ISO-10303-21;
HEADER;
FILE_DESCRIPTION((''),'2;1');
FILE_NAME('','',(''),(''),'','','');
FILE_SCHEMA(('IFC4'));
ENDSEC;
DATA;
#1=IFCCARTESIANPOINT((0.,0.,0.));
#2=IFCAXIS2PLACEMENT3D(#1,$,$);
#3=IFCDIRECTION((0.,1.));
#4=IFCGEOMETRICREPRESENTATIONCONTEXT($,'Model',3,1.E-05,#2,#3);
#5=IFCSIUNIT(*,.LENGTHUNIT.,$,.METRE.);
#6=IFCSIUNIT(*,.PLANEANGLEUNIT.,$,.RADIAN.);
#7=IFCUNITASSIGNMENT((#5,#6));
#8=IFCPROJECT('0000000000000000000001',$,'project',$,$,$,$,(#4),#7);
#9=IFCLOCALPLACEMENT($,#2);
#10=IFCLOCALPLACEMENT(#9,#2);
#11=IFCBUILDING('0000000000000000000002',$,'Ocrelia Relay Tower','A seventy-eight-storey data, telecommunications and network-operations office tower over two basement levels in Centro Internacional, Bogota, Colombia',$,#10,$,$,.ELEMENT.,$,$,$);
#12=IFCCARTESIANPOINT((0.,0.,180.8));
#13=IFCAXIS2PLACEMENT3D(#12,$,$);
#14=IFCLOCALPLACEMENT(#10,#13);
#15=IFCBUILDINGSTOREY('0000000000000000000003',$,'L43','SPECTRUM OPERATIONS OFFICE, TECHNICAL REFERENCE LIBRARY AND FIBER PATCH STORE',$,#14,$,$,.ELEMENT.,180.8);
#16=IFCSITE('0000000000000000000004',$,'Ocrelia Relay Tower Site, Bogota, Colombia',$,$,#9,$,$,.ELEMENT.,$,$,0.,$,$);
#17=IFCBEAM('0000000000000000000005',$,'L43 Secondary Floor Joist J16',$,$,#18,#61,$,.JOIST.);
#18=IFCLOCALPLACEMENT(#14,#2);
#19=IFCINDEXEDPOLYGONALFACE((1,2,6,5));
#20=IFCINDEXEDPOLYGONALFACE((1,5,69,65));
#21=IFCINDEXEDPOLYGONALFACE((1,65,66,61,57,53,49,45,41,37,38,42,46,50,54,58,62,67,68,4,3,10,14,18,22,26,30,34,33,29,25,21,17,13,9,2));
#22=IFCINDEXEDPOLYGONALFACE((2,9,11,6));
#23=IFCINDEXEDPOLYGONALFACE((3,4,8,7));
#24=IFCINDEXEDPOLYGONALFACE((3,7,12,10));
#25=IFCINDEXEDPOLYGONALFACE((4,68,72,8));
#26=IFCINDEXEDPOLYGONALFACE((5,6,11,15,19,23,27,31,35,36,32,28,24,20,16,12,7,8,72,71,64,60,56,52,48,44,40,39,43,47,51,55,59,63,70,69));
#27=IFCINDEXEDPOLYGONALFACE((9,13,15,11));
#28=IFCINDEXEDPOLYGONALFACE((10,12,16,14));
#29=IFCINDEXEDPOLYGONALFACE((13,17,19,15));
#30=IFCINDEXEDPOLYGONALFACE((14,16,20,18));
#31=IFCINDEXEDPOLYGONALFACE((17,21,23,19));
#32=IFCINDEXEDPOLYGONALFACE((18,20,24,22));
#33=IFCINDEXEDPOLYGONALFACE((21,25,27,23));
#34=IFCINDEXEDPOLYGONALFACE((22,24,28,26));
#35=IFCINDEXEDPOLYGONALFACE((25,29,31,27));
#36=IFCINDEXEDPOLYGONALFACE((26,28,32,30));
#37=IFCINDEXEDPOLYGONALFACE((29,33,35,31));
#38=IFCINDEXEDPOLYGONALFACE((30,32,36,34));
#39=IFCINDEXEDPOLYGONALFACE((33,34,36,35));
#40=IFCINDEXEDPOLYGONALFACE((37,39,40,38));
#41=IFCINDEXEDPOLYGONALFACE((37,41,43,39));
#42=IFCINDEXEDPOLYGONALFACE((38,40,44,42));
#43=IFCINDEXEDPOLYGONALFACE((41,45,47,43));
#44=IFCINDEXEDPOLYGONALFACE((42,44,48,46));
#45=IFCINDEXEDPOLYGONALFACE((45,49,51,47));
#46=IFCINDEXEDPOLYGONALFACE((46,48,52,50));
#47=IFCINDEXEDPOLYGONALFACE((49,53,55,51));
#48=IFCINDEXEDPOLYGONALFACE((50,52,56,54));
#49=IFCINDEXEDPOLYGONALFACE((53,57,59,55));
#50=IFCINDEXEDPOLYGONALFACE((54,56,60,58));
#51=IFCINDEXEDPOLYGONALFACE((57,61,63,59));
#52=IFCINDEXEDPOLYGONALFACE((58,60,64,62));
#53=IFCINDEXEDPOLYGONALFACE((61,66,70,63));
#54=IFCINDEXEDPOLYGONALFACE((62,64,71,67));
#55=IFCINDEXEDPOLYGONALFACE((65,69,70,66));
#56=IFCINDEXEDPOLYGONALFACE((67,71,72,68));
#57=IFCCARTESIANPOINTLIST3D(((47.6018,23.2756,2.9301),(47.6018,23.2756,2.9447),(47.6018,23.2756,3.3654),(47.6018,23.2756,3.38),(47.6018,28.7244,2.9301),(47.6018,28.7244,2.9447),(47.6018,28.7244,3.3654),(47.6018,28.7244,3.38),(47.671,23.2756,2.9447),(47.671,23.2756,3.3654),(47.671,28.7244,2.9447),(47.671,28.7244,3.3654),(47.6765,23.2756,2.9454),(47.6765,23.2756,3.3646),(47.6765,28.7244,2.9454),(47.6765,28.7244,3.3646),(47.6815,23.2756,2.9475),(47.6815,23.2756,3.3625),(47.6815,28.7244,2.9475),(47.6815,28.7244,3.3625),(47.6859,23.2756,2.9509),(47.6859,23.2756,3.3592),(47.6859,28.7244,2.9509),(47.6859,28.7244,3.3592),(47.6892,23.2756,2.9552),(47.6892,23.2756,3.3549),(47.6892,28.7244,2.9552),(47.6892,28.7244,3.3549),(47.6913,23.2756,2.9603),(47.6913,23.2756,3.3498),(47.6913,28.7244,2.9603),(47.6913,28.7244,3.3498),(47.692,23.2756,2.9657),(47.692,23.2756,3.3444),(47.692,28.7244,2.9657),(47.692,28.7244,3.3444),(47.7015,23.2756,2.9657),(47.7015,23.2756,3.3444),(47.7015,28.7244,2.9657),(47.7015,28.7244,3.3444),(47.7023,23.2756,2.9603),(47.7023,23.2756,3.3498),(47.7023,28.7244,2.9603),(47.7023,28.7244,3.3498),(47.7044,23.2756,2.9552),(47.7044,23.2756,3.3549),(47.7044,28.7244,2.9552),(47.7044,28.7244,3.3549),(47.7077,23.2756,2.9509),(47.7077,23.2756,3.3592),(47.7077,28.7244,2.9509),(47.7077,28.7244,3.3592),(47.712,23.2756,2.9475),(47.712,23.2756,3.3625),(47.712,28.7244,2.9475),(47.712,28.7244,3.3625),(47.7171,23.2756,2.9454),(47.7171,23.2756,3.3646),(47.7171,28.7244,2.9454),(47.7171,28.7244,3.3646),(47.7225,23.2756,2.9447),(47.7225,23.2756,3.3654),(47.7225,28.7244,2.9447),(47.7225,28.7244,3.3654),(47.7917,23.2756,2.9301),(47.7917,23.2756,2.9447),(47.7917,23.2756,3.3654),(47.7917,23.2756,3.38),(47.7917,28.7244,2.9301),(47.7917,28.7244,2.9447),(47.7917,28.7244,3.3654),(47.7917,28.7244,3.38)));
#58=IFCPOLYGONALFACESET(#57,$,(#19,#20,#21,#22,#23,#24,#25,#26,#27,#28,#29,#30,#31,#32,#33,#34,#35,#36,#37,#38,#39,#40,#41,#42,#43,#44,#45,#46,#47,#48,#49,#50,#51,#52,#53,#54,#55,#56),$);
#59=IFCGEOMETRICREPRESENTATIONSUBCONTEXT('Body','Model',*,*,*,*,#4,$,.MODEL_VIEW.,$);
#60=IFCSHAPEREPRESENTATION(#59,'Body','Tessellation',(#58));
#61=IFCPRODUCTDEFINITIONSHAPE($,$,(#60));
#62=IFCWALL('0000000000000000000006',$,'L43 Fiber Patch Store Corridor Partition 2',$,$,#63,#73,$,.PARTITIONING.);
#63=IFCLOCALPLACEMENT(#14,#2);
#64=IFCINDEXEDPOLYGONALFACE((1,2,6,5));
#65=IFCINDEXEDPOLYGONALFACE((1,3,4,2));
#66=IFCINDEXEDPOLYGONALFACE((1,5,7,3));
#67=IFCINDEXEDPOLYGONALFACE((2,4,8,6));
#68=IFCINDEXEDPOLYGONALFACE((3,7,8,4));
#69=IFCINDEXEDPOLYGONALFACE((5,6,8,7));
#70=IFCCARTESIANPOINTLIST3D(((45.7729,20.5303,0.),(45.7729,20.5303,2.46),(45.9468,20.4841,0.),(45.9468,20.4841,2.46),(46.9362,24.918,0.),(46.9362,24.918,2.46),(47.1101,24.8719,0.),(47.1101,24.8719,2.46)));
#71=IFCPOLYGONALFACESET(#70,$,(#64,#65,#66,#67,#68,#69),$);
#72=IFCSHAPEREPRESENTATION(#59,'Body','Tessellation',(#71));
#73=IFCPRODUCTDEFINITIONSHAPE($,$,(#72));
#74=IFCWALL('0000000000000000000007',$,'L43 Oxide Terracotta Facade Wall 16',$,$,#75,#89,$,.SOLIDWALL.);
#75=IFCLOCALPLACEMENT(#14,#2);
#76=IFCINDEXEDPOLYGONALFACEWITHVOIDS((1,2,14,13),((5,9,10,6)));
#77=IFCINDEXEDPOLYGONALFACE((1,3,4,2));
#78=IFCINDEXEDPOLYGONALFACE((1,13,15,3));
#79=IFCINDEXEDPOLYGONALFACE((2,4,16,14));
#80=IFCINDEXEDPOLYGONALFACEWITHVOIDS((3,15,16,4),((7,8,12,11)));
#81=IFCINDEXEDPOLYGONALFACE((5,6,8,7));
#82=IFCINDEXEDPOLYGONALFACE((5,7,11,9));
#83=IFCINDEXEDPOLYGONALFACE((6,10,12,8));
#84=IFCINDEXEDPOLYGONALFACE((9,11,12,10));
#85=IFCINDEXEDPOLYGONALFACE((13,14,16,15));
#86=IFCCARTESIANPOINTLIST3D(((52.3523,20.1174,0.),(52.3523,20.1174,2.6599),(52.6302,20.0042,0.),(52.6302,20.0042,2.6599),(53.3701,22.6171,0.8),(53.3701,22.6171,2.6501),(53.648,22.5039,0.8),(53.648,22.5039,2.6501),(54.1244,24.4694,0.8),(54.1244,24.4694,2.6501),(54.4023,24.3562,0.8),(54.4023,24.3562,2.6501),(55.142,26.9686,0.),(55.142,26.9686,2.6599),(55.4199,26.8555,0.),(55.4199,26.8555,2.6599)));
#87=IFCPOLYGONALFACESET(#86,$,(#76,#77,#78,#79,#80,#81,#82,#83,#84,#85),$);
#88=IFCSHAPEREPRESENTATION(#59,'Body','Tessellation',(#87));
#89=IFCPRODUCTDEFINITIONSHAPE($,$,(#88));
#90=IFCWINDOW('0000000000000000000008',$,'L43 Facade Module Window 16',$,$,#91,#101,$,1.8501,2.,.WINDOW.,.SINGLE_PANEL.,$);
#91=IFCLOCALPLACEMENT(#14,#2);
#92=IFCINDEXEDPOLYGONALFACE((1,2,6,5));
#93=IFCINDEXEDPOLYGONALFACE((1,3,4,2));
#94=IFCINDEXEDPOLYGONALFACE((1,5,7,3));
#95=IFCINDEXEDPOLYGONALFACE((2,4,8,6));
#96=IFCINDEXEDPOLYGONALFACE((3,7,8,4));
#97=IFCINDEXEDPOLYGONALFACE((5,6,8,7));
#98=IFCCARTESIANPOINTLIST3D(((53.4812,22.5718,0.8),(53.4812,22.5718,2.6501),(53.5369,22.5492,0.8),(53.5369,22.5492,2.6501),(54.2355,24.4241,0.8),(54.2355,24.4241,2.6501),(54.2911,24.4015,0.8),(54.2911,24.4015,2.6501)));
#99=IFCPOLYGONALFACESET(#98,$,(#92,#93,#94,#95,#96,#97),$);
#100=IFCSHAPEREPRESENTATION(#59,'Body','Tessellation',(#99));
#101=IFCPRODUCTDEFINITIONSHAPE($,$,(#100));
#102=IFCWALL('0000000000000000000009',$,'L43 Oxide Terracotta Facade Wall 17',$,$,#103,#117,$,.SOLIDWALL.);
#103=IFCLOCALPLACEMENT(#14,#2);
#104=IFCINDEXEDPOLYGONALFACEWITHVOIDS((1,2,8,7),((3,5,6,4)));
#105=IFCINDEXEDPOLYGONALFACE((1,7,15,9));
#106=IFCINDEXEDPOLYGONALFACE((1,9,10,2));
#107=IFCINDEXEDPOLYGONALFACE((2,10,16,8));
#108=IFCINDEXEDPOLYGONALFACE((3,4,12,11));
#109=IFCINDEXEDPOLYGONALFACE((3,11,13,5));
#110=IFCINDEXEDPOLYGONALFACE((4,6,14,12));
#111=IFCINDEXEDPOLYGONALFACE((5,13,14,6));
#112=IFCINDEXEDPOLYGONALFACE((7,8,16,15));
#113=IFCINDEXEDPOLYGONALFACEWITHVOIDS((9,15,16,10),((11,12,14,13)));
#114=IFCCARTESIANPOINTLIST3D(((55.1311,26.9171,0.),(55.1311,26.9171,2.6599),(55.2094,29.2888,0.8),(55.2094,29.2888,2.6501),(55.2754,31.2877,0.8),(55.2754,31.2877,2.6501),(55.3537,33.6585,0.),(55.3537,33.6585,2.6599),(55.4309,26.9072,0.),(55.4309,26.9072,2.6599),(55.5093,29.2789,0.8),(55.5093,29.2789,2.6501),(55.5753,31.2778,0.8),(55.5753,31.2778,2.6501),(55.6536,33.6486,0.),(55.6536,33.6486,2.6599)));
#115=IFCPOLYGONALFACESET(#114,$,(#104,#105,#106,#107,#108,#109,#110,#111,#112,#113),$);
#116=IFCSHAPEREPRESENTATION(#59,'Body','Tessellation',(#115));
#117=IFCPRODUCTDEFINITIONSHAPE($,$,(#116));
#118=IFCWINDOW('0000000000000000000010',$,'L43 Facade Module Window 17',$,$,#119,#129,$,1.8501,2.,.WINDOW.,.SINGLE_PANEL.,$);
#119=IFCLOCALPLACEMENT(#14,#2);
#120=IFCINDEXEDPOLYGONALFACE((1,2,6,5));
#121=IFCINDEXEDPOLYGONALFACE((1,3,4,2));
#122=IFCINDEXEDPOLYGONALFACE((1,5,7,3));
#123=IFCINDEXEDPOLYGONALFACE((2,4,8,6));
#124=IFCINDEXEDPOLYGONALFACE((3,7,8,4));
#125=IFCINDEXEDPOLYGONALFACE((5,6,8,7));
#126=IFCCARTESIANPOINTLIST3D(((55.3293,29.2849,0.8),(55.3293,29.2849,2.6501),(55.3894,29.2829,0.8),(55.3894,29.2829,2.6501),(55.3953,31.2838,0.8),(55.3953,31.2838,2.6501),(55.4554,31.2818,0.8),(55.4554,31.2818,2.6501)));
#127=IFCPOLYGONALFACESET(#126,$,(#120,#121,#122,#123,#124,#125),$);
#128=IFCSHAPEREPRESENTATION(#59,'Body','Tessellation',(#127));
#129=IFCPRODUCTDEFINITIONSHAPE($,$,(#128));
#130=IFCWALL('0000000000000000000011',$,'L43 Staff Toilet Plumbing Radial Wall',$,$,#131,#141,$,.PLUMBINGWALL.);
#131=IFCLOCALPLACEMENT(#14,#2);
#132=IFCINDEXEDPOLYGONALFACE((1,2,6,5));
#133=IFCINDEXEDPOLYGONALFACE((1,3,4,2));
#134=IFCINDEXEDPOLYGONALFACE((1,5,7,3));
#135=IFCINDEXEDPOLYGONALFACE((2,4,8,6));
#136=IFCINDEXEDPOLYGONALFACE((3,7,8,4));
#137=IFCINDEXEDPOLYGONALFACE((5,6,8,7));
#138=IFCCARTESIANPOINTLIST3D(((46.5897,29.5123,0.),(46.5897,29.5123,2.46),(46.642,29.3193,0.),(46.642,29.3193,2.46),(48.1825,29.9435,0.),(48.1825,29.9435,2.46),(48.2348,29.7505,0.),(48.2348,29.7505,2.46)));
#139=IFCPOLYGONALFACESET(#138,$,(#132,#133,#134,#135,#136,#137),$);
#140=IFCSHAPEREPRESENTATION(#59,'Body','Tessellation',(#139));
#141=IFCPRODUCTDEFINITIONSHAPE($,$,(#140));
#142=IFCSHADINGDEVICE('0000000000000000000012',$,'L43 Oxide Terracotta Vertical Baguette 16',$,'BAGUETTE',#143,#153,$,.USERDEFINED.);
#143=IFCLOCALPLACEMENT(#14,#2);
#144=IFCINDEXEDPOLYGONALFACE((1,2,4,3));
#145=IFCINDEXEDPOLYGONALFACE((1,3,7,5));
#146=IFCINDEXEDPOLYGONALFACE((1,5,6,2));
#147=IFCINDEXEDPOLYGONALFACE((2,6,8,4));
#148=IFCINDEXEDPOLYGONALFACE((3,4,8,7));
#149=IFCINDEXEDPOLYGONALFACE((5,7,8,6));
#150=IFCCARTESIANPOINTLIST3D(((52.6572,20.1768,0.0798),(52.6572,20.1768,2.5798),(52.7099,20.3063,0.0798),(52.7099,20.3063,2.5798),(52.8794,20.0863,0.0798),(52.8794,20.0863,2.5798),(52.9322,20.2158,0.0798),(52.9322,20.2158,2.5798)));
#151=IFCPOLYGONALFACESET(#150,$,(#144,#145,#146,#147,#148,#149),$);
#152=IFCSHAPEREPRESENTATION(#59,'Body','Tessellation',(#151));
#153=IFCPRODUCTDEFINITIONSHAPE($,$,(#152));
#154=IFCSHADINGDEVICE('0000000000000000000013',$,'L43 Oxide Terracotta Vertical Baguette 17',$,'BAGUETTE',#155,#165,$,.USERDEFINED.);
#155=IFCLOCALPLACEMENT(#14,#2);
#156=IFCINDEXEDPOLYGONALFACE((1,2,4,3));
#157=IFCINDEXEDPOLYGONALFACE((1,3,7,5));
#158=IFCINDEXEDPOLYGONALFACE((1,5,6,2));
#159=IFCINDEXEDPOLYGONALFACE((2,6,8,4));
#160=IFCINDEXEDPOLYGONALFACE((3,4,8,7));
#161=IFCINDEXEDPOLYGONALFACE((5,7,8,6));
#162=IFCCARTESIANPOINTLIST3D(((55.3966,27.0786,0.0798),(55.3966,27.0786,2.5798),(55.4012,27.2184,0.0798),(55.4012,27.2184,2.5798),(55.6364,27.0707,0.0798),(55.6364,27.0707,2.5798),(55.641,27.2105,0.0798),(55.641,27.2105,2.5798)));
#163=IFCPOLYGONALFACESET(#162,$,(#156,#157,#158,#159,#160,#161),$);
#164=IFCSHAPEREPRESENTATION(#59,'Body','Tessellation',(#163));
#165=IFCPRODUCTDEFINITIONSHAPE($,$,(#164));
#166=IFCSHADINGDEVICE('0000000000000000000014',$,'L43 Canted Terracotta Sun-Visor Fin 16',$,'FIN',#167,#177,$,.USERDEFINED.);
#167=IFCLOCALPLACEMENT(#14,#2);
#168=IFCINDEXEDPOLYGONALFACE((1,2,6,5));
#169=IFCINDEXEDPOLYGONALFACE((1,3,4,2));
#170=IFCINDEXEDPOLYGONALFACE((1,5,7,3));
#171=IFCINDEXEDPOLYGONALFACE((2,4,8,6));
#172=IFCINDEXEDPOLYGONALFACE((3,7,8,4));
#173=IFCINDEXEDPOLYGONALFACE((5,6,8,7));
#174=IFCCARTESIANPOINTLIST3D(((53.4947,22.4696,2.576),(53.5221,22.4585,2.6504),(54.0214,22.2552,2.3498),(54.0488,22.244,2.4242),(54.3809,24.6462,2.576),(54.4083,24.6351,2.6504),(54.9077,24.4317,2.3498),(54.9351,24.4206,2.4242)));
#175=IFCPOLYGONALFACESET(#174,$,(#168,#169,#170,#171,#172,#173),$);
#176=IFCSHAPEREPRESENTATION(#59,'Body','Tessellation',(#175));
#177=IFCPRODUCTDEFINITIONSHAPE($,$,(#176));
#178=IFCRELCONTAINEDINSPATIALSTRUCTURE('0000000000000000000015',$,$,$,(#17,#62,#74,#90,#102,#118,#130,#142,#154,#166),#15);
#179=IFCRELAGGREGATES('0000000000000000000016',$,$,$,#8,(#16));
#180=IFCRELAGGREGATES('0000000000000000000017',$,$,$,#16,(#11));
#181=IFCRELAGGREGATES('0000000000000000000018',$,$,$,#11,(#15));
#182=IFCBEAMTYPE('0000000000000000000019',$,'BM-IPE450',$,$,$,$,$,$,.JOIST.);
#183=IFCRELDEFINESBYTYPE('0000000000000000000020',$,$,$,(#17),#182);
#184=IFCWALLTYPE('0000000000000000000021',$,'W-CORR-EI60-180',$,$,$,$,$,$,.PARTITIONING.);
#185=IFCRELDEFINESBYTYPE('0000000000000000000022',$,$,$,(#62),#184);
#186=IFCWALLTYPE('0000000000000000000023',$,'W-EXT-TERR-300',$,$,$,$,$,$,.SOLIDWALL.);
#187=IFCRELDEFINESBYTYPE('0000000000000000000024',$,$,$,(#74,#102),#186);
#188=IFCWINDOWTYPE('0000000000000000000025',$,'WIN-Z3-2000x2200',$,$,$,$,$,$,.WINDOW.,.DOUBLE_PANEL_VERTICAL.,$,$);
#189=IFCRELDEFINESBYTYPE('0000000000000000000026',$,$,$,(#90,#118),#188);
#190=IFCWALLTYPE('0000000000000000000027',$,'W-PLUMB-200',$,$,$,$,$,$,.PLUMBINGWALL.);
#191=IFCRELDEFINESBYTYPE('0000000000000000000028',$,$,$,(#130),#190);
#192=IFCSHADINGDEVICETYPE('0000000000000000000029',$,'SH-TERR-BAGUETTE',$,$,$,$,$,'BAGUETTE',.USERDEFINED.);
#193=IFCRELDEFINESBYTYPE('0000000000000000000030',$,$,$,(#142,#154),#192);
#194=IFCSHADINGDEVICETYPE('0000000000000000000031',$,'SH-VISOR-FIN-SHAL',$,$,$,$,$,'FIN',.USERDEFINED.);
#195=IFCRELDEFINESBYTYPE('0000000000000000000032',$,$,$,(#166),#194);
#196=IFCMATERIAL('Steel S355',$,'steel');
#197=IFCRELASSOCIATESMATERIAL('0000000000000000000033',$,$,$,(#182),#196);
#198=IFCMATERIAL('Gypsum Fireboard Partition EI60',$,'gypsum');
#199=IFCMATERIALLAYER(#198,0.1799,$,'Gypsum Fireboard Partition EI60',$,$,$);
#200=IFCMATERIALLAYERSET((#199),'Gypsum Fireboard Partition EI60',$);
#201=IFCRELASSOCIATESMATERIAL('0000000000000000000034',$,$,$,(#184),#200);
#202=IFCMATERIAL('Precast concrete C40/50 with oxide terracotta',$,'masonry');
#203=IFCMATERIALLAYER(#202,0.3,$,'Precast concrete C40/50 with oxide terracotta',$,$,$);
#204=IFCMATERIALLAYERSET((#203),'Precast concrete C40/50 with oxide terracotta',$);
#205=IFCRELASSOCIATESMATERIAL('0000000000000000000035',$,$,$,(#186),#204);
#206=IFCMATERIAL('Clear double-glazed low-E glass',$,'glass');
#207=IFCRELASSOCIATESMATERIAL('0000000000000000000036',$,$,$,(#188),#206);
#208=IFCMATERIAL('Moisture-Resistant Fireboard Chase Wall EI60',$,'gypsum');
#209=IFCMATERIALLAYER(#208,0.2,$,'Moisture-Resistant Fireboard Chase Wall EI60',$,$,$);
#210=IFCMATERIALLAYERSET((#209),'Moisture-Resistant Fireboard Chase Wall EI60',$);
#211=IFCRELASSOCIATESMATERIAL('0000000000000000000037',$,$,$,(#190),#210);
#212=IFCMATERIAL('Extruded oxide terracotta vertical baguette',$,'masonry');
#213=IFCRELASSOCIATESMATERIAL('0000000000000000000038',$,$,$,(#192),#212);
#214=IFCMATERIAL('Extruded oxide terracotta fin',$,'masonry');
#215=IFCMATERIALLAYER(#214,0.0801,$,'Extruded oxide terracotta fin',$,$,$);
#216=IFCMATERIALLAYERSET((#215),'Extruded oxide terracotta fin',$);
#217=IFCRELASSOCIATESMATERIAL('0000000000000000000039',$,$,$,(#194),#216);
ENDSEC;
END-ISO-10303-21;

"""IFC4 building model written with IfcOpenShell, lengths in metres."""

from ifc_helpers import new_model, si_unit, direction, frame, frame_2d, origin, origin_2d, place, context, subcontext, project, spatial, rectangle, i_section, extrude, material, layer, layer_set, material_profile, profile_set, type_object, element, fill, save


model = new_model("IFC4")

# Units and contexts
model_context = context("Model", 3, precision=1e-05, world=origin(), true_north=direction((0.0, 1.0)))
body_context = subcontext(model_context, "Body", "Model", "MODEL_VIEW")
ifc_project = project(units=[si_unit("LENGTHUNIT", "METRE"), si_unit("PLANEANGLEUNIT", "RADIAN")], contexts=[model_context])

# Site, building, storey
site_placement = place(None, origin())
site = spatial("IfcSite", under=ifc_project, at=site_placement, Name="Ocrelia Relay Tower Site, Bogota, Colombia", CompositionType="ELEMENT", RefElevation=0.0)
building_placement = place(site_placement, origin())
building = spatial("IfcBuilding", under=site, at=building_placement, Name="Ocrelia Relay Tower", Description="A seventy-eight-storey data, telecommunications and network-operations office tower over two basement levels in Centro Internacional, Bogota, Colombia", CompositionType="ELEMENT")
storey_placement = place(building_placement, frame((0.0, 0.0, 180.8)))
storey = spatial("IfcBuildingStorey", under=building, at=storey_placement, Name="L43", Description="SPECTRUM OPERATIONS OFFICE, TECHNICAL REFERENCE LIBRARY AND FIBER PATCH STORE", CompositionType="ELEMENT", Elevation=180.8)

# Beam
ifc_material_1 = material(Name="Steel S355", Category="steel")
ifc_material_profile_1 = material_profile(ifc_material_1, i_section(OverallWidth=0.1899, OverallDepth=0.45, WebThickness=0.0095, FlangeThickness=0.0146, FilletRadius=0.021, at=origin_2d()), Name="IPE 450")
ifc_profile_set_1 = profile_set([ifc_material_profile_1], Name="Steel S355")
beam_type_1 = type_object("IfcBeamType", Name="BM-IPE450", PredefinedType="JOIST", material=ifc_profile_set_1)
beam_1_placement = place(storey_placement, frame((47.6968, 23.2756, 3.155), z_axis=(0.0, 1.0, 0.0), x_axis=(-1.0, 0.0, 0.0)))
element("IfcBeam", 1, at=beam_1_placement, inside=storey, type_object=beam_type_1, Name="L43 Secondary Floor Joist J16", PredefinedType="JOIST", context=body_context, shape_type="SweptSolid", body=[
    extrude(i_section(OverallWidth=0.1899, OverallDepth=0.45, WebThickness=0.0095, FlangeThickness=0.0146, FilletRadius=0.021, at=origin_2d()), origin(), (0.0, 0.0, 1.0), 5.4487),
])

# Wall
ifc_material_2 = material(Name="Gypsum Fireboard Partition EI60", Category="gypsum")
ifc_layer_1 = layer(ifc_material_2, 0.1799, Name="Gypsum Fireboard Partition EI60")
ifc_layer_set_1 = layer_set([ifc_layer_1], Name="Gypsum Fireboard Partition EI60")
wall_type_1 = type_object("IfcWallType", Name="W-CORR-EI60-180", PredefinedType="PARTITIONING", material=ifc_layer_set_1)
wall_1_placement = place(storey_placement, frame((45.8599, 20.5073, 0.0), z_axis=(0.0, 0.0, 1.0), x_axis=(0.25628, 0.966603, 0.0)))
element("IfcWall", 2, at=wall_1_placement, inside=storey, type_object=wall_type_1, Name="L43 Fiber Patch Store Corridor Partition 2", PredefinedType="PARTITIONING", context=body_context, shape_type="SweptSolid", body=[
    extrude(rectangle(XDim=4.5393, YDim=0.1799, at=frame_2d((2.2695, 0.0))), origin(), (0.0, 0.0, 1.0), 2.46),
])

# Walls, openings, windows
ifc_material_3 = material(Name="Precast concrete C40/50 with oxide terracotta", Category="masonry")
ifc_layer_2 = layer(ifc_material_3, 0.3, Name="Precast concrete C40/50 with oxide terracotta")
ifc_layer_set_2 = layer_set([ifc_layer_2], Name="Precast concrete C40/50 with oxide terracotta")
wall_type_2 = type_object("IfcWallType", Name="W-EXT-TERR-300", PredefinedType="SOLIDWALL", material=ifc_layer_set_2)
wall_2_placement = place(storey_placement, frame((52.4912, 20.0608, 0.0), z_axis=(0.0, 0.0, 1.0), x_axis=(0.377125, 0.926162, 0.0)))
wall_2 = element("IfcWall", 3, at=wall_2_placement, inside=storey, type_object=wall_type_2, Name="L43 Oxide Terracotta Facade Wall 16", PredefinedType="SOLIDWALL", context=body_context, shape_type="SweptSolid", body=[
    extrude(rectangle(XDim=7.3975, YDim=0.3, at=frame_2d((3.6987, 0.0))), origin(), (0.0, 0.0, 1.0), 2.6599),
])
opening_1_placement = place(wall_2_placement, frame((2.699, 0.0, 0.8)))
opening_1 = element("IfcOpeningElement", 4, at=opening_1_placement, cuts=wall_2, PredefinedType="OPENING", context=body_context, shape_type="SweptSolid", body=[
    extrude(rectangle(XDim=2.0, YDim=1.8501, at=frame_2d((1.0, 0.925))), frame((0.0, 0.1602, 0.0), z_axis=(0.0, -1.0, 0.0), x_axis=(1.0, 0.0, 0.0)), (0.0, 0.0, 1.0), 0.3201),
])
ifc_material_4 = material(Name="Clear double-glazed low-E glass", Category="glass")
window_type = type_object("IfcWindowType", Name="WIN-Z3-2000x2200", PartitioningType="DOUBLE_PANEL_VERTICAL", PredefinedType="WINDOW", material=ifc_material_4)
window_1_placement = place(opening_1_placement, origin())
window_1 = element("IfcWindow", 5, at=window_1_placement, inside=storey, type_object=window_type, Name="L43 Facade Module Window 16", OverallHeight=1.8501, OverallWidth=2.0, PartitioningType="SINGLE_PANEL", PredefinedType="WINDOW", context=body_context, shape_type="SweptSolid", body=[
    extrude(rectangle(XDim=2.0, YDim=1.8501, at=frame_2d((1.0, 0.925))), frame((0.0, 0.03, 0.0), z_axis=(0.0, -1.0, 0.0), x_axis=(1.0, 0.0, 0.0)), (0.0, 0.0, 1.0), 0.0601),
])
fill(opening_1, window_1)
wall_3_placement = place(storey_placement, frame((55.281, 26.9121, 0.0), z_axis=(0.0, 0.0, 1.0), x_axis=(0.03301, 0.999455, 0.0)))
wall_3 = element("IfcWall", 6, at=wall_3_placement, inside=storey, type_object=wall_type_2, Name="L43 Oxide Terracotta Facade Wall 17", PredefinedType="SOLIDWALL", context=body_context, shape_type="SweptSolid", body=[
    extrude(rectangle(XDim=6.7451, YDim=0.3, at=frame_2d((3.3726, 0.0))), origin(), (0.0, 0.0, 1.0), 2.6599),
])
opening_2_placement = place(wall_3_placement, frame((2.373, 0.0, 0.8)))
opening_2 = element("IfcOpeningElement", 7, at=opening_2_placement, cuts=wall_3, PredefinedType="OPENING", context=body_context, shape_type="SweptSolid", body=[
    extrude(rectangle(XDim=2.0, YDim=1.8501, at=frame_2d((1.0, 0.925))), frame((0.0, 0.1602, 0.0), z_axis=(0.0, -1.0, 0.0), x_axis=(1.0, 0.0, 0.0)), (0.0, 0.0, 1.0), 0.3201),
])
window_2_placement = place(opening_2_placement, origin())
window_2 = element("IfcWindow", 8, at=window_2_placement, inside=storey, type_object=window_type, Name="L43 Facade Module Window 17", OverallHeight=1.8501, OverallWidth=2.0, PartitioningType="SINGLE_PANEL", PredefinedType="WINDOW", context=body_context, shape_type="SweptSolid", body=[
    extrude(rectangle(XDim=2.0, YDim=1.8501, at=frame_2d((1.0, 0.925))), frame((0.0, 0.03, 0.0), z_axis=(0.0, -1.0, 0.0), x_axis=(1.0, 0.0, 0.0)), (0.0, 0.0, 1.0), 0.0601),
])
fill(opening_2, window_2)

# Wall
ifc_material_5 = material(Name="Moisture-Resistant Fireboard Chase Wall EI60", Category="gypsum")
ifc_layer_3 = layer(ifc_material_5, 0.2, Name="Moisture-Resistant Fireboard Chase Wall EI60")
ifc_layer_set_3 = layer_set([ifc_layer_3], Name="Moisture-Resistant Fireboard Chase Wall EI60")
wall_type_3 = type_object("IfcWallType", Name="W-PLUMB-200", PredefinedType="PLUMBINGWALL", material=ifc_layer_set_3)
wall_4_placement = place(storey_placement, frame((46.6157, 29.4158, 0.0), z_axis=(0.0, 0.0, 1.0), x_axis=(0.965261, 0.261289, 0.0)))
element("IfcWall", 9, at=wall_4_placement, inside=storey, type_object=wall_type_3, Name="L43 Staff Toilet Plumbing Radial Wall", PredefinedType="PLUMBINGWALL", context=body_context, shape_type="SweptSolid", body=[
    extrude(rectangle(XDim=1.6501, YDim=0.2, at=frame_2d((0.8252, 0.0))), origin(), (0.0, 0.0, 1.0), 2.46),
])

# Shading devices
ifc_material_6 = material(Name="Extruded oxide terracotta vertical baguette", Category="masonry")
shading_device_type_1 = type_object("IfcShadingDeviceType", Name="SH-TERR-BAGUETTE", ElementType="BAGUETTE", PredefinedType="USERDEFINED", material=ifc_material_6)
for number, where, z_axis, x_axis, name in (
    (10, (52.7947, 20.1963, 0.0798), (0.0, 0.0, 1.0), (0.377115, 0.926167, 0.0), "L43 Oxide Terracotta Vertical Baguette 16"),
    (11, (55.5188, 27.1445, 0.0798), (0.0, 0.0, 1.0), (0.033031, 0.999454, 0.0), "L43 Oxide Terracotta Vertical Baguette 17"),
):
    element("IfcShadingDevice", number, at=place(storey_placement, frame(where, z_axis=z_axis, x_axis=x_axis)), inside=storey, type_object=shading_device_type_1, Name=name, ObjectType="BAGUETTE", PredefinedType="USERDEFINED", context=body_context, shape_type="SweptSolid", body=[
        extrude(rectangle(XDim=0.1399, YDim=0.24, at=origin_2d()), origin(), (0.0, 0.0, 1.0), 2.5),
    ])
ifc_material_7 = material(Name="Extruded oxide terracotta fin", Category="masonry")
ifc_layer_4 = layer(ifc_material_7, 0.0801, Name="Extruded oxide terracotta fin")
ifc_layer_set_4 = layer_set([ifc_layer_4], Name="Extruded oxide terracotta fin")
shading_device_type_2 = type_object("IfcShadingDeviceType", Name="SH-VISOR-FIN-SHAL", ElementType="FIN", PredefinedType="USERDEFINED", material=ifc_layer_set_4)
shading_device_placement = place(storey_placement, frame((54.2012, 23.4507, 2.4629), z_axis=(0.342297, -0.139376, 0.929197), x_axis=(0.377115, 0.926167, 0.0)))
element("IfcShadingDevice", 12, at=shading_device_placement, inside=storey, type_object=shading_device_type_2, Name="L43 Canted Terracotta Sun-Visor Fin 16", ObjectType="FIN", PredefinedType="USERDEFINED", context=body_context, shape_type="SweptSolid", body=[
    extrude(rectangle(XDim=2.3501, YDim=0.6121, at=origin_2d()), origin(), (0.0, 0.0, 1.0), 0.0801),
])

save(model, "model.ifc")
